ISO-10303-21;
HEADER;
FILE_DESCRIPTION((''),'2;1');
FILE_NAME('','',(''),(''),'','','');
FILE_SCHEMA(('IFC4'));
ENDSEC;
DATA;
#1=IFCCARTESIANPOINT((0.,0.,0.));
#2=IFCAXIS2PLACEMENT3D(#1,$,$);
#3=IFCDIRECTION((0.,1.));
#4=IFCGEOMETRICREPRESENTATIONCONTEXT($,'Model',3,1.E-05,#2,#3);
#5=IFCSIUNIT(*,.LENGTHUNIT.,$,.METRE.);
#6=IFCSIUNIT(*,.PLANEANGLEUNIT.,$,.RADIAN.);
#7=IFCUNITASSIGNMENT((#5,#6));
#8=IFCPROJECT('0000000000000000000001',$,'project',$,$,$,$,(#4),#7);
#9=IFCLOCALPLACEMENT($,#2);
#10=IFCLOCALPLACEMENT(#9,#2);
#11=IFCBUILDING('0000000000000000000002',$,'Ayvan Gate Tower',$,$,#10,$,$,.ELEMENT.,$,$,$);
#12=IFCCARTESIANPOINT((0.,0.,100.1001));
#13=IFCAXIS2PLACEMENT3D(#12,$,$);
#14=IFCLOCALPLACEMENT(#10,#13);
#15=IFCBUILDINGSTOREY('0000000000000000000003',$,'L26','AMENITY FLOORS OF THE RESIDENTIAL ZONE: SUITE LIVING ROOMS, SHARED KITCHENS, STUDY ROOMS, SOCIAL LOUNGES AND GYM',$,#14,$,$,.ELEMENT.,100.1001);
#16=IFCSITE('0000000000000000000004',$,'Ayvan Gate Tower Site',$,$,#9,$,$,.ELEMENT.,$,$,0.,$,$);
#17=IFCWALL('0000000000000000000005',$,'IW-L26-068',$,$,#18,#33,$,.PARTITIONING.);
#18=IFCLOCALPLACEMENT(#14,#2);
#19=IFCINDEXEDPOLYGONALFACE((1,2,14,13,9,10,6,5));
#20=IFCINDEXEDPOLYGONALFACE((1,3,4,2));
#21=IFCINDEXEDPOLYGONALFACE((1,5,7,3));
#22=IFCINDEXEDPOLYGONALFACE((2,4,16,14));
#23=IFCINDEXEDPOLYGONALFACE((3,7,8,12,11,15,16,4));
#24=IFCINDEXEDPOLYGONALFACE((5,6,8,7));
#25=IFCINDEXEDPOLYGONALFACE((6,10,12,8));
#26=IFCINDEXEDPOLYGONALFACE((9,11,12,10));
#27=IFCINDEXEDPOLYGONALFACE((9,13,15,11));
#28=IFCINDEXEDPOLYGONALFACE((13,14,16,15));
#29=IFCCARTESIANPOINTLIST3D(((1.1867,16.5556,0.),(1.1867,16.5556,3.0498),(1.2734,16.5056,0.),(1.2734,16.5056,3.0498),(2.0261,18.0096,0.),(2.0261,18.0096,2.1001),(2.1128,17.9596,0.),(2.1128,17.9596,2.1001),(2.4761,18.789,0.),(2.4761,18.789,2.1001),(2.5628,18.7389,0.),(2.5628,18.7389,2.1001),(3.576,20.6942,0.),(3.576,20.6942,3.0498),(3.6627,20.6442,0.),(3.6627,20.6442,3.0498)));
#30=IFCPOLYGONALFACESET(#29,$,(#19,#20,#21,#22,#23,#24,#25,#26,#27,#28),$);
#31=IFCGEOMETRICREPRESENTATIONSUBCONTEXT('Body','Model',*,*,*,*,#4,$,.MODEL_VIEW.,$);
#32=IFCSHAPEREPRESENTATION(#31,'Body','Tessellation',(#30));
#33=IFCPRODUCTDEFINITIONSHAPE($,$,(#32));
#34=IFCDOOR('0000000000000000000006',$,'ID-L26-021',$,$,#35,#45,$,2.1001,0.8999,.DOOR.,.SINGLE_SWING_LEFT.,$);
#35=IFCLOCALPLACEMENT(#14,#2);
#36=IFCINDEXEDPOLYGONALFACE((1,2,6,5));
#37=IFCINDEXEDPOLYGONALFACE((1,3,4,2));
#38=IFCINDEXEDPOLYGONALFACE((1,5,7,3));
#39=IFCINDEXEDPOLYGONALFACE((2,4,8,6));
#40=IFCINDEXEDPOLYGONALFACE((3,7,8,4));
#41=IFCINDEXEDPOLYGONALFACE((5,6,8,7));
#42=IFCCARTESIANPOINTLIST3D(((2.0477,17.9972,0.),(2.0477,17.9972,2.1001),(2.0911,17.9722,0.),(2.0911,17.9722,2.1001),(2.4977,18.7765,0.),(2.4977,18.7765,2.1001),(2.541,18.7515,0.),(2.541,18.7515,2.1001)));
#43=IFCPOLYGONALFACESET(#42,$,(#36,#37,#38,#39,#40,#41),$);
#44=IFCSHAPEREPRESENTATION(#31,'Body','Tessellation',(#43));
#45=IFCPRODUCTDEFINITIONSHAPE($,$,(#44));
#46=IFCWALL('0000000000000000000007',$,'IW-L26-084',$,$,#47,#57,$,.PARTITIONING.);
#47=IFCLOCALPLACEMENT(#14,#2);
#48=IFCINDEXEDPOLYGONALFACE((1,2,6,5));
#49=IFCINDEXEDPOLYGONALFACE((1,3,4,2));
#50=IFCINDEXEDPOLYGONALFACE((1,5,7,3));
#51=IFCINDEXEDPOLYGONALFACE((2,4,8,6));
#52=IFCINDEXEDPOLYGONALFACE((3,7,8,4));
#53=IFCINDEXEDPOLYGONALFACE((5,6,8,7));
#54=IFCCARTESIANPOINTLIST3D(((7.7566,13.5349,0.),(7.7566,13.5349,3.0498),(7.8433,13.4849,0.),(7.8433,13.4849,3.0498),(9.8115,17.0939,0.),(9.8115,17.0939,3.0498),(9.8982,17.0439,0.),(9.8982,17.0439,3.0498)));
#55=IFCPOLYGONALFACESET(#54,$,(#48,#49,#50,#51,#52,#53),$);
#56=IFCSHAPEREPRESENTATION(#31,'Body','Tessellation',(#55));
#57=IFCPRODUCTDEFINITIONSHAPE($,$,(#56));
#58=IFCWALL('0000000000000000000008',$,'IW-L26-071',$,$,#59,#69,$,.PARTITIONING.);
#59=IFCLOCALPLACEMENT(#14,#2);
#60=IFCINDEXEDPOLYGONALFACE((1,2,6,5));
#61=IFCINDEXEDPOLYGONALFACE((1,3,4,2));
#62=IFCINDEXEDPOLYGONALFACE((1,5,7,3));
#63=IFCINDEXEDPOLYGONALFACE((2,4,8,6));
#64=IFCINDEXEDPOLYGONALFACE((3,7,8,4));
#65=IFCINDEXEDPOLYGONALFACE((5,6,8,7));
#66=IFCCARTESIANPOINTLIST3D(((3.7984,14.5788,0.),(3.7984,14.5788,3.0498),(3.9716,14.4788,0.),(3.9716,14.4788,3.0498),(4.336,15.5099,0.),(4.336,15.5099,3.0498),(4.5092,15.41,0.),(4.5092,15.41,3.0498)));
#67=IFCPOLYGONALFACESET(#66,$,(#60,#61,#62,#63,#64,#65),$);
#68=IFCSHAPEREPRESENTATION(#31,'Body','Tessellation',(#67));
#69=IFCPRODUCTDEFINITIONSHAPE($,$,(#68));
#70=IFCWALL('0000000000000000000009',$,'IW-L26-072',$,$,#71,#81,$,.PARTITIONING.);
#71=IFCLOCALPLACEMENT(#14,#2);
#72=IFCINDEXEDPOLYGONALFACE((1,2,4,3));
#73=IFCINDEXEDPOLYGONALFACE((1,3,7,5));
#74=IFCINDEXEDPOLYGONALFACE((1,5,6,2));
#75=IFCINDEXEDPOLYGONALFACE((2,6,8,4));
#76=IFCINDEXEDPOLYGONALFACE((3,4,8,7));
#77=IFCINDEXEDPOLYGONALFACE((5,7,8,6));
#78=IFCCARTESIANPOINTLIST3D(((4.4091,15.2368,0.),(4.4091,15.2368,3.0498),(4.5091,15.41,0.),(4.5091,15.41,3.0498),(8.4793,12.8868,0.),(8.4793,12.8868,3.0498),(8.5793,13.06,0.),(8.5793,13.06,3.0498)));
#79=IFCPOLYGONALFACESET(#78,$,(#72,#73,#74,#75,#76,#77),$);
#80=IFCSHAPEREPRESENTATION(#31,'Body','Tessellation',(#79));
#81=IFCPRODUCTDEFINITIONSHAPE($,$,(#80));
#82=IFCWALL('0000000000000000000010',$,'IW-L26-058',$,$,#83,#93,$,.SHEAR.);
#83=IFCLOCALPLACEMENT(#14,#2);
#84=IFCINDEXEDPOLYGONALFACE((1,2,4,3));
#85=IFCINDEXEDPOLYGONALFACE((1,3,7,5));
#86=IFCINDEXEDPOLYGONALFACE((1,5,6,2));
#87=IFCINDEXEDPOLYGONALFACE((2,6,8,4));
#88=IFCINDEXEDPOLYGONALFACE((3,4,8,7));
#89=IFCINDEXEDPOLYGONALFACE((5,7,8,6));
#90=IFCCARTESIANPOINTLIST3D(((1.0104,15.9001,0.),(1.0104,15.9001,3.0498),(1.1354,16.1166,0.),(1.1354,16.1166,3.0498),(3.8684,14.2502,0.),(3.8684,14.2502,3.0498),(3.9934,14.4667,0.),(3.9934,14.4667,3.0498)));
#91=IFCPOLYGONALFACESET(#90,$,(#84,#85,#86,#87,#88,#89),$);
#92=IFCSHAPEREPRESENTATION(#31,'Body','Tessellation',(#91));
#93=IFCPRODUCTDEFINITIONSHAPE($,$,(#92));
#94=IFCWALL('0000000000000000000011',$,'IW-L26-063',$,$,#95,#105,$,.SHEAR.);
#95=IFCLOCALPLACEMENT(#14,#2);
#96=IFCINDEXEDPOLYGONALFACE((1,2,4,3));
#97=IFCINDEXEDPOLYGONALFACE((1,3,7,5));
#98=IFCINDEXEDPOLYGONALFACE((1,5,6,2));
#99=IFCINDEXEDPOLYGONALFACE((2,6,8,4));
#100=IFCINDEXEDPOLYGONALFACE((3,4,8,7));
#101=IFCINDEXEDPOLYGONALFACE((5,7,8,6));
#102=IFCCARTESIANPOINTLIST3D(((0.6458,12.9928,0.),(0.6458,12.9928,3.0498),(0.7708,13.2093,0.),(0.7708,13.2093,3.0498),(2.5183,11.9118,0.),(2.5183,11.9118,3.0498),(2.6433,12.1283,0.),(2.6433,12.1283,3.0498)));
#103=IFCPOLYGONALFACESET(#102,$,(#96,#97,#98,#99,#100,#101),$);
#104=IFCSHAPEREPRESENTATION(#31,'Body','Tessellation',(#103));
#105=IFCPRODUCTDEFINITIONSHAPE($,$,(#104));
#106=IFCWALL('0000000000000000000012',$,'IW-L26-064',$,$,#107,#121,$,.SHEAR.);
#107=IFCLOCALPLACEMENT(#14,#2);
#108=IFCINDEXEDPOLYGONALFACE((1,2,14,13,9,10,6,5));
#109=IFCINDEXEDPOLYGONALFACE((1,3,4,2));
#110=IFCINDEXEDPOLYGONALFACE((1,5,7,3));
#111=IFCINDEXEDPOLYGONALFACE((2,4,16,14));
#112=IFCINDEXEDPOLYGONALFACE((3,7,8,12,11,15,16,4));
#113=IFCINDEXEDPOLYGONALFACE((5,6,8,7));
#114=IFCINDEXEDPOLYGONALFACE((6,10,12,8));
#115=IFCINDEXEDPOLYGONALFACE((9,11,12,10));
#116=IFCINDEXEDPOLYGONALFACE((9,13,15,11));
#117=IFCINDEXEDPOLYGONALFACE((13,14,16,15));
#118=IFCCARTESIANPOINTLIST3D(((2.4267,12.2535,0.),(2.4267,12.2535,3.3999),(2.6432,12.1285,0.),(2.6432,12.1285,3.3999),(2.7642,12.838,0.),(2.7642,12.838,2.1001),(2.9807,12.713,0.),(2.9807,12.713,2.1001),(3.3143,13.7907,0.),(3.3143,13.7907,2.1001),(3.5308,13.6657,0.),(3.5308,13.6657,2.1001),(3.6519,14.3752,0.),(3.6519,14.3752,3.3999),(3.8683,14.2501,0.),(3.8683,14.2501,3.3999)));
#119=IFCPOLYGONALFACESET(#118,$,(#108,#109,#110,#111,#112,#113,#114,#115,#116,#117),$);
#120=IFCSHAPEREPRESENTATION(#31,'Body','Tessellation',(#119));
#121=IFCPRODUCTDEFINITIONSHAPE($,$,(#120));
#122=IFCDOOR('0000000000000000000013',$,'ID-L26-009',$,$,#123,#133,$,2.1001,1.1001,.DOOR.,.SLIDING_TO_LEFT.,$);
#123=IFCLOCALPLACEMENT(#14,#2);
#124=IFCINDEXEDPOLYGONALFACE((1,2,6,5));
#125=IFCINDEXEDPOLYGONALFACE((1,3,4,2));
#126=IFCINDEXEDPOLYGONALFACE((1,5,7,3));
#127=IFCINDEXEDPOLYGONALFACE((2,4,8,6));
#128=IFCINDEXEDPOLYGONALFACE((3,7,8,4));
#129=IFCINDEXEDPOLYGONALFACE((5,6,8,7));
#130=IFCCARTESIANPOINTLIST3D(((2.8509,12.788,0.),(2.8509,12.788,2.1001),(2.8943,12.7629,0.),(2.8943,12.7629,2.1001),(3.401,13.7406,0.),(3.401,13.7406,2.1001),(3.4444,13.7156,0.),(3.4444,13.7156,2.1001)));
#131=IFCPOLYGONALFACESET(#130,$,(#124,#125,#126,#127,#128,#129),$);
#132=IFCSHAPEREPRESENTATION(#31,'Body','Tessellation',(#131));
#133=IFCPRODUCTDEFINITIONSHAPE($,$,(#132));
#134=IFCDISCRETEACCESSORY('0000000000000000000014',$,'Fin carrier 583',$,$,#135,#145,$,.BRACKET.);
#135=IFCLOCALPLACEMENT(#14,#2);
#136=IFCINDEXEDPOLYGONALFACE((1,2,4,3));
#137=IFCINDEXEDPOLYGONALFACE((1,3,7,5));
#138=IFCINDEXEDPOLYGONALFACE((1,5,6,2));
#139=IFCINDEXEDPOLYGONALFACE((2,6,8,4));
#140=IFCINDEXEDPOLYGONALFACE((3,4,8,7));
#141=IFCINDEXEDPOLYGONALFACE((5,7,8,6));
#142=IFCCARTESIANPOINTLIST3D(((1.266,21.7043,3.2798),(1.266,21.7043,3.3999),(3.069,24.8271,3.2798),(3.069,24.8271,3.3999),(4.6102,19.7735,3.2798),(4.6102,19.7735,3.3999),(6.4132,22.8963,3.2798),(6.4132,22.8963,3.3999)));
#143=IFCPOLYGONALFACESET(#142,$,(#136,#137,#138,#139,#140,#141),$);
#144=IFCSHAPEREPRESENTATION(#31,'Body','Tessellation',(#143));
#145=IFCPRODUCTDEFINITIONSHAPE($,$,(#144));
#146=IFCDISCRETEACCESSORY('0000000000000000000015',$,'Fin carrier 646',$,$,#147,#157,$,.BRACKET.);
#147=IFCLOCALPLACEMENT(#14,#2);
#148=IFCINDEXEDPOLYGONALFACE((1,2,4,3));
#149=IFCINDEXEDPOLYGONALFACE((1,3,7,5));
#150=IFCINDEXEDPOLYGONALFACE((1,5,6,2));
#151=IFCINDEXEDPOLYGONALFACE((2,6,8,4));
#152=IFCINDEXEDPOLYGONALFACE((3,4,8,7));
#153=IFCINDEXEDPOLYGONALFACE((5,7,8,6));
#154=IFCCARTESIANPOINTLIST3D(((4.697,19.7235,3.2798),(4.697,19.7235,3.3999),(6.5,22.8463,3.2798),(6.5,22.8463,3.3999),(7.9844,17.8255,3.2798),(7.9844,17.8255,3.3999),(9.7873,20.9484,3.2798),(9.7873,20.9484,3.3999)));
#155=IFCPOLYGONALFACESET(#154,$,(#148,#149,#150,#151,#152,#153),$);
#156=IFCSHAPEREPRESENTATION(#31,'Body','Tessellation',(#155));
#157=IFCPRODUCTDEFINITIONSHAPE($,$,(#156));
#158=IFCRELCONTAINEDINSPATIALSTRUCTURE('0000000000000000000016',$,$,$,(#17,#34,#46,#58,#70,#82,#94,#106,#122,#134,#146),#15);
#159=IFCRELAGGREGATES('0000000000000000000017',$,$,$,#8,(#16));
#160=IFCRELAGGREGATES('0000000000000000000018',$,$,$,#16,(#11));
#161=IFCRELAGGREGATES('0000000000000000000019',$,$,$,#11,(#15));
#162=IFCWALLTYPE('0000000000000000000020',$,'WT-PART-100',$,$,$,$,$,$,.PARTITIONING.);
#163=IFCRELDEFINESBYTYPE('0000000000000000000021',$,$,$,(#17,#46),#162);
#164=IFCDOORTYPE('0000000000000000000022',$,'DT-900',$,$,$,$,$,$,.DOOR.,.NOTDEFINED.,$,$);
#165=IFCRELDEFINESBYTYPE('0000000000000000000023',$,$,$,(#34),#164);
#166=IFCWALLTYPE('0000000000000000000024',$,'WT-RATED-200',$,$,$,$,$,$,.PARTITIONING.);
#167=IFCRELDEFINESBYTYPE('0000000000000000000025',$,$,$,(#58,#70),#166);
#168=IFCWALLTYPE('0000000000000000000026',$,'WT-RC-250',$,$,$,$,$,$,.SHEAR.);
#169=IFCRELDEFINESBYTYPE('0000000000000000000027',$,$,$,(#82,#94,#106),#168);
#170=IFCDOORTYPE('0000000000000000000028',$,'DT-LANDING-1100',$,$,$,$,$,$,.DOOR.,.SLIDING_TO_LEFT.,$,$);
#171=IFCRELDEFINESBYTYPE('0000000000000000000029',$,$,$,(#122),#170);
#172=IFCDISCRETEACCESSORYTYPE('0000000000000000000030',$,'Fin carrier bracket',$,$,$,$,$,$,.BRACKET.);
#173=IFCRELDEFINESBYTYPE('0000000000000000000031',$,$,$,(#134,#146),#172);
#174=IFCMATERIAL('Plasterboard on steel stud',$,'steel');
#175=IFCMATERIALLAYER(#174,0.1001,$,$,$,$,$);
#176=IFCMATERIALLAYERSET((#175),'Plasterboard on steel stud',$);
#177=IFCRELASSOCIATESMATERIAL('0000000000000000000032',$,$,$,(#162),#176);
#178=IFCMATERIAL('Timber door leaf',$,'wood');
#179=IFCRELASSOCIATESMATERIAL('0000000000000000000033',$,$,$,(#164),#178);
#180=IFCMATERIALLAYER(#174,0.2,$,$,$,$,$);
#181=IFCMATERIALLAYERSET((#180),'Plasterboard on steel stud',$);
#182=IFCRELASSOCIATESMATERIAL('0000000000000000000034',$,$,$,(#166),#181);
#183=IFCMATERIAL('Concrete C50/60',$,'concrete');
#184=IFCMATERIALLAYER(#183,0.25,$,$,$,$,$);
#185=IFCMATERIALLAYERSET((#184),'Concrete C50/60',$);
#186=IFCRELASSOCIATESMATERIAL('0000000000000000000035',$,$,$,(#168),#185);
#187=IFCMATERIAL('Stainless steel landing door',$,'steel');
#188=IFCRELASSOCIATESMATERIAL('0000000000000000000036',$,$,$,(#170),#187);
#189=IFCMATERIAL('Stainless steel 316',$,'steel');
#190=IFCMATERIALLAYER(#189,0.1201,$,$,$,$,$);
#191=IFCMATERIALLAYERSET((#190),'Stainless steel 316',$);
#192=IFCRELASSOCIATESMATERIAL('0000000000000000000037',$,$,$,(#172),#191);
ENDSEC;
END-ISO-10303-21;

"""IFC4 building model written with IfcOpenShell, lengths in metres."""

from ifc_helpers import new_model, si_unit, direction, frame, frame_2d, origin, origin_2d, place, context, subcontext, project, spatial, rectangle, extrude, material, layer, layer_set, type_object, element, fill, save


model = new_model("IFC4")

# Units and contexts
model_context = context("Model", 3, precision=1e-05, world=origin(), true_north=direction((0.0, 1.0)))
body_context = subcontext(model_context, "Body", "Model", "MODEL_VIEW")
ifc_project = project(units=[si_unit("LENGTHUNIT", "METRE"), si_unit("PLANEANGLEUNIT", "RADIAN")], contexts=[model_context])

# Site, building, storey
site_placement = place(None, origin())
site = spatial("IfcSite", under=ifc_project, at=site_placement, Name="Ayvan Gate Tower Site", CompositionType="ELEMENT", RefElevation=0.0)
building_placement = place(site_placement, origin())
building = spatial("IfcBuilding", under=site, at=building_placement, Name="Ayvan Gate Tower", CompositionType="ELEMENT")
storey_placement = place(building_placement, frame((0.0, 0.0, 100.1001)))
storey = spatial("IfcBuildingStorey", under=building, at=storey_placement, Name="L26", Description="AMENITY FLOORS OF THE RESIDENTIAL ZONE: SUITE LIVING ROOMS, SHARED KITCHENS, STUDY ROOMS, SOCIAL LOUNGES AND GYM", CompositionType="ELEMENT", Elevation=100.1001)

# Shared definitions
ifc_material_1 = material(Name="Plasterboard on steel stud", Category="steel")

# Wall, opening, door
ifc_layer_1 = layer(ifc_material_1, 0.1001)
ifc_layer_set_1 = layer_set([ifc_layer_1], Name="Plasterboard on steel stud")
wall_type_1 = type_object("IfcWallType", Name="WT-PART-100", PredefinedType="PARTITIONING", material=ifc_layer_set_1)
wall_1_placement = place(storey_placement, frame((3.6194, 20.6692, 0.0), z_axis=(0.0, 0.0, 1.0), x_axis=(-0.499991, -0.866031, 0.0)))
wall_1 = element("IfcWall", 1, at=wall_1_placement, inside=storey, type_object=wall_type_1, Name="IW-L26-068", PredefinedType="PARTITIONING", context=body_context, shape_type="SweptSolid", body=[
    extrude(rectangle(XDim=4.7788, YDim=0.1001, at=frame_2d((2.3894, 0.0))), origin(), (0.0, 0.0, 1.0), 3.0498),
])
opening_1_placement = place(wall_1_placement, frame((2.2, 0.0, 0.0)))
opening_1 = element("IfcOpeningElement", 2, at=opening_1_placement, cuts=wall_1, PredefinedType="OPENING", context=body_context, shape_type="SweptSolid", body=[
    extrude(rectangle(XDim=0.8999, YDim=2.1001, at=frame_2d((0.45, 1.05))), frame((0.0, 0.0601, 0.0), z_axis=(0.0, -1.0, 0.0), x_axis=(1.0, 0.0, 0.0)), (0.0, 0.0, 1.0), 0.1201),
])
ifc_material_2 = material(Name="Timber door leaf", Category="wood")
door_type_1 = type_object("IfcDoorType", Name="DT-900", OperationType="NOTDEFINED", PredefinedType="DOOR", material=ifc_material_2)
door_1_placement = place(opening_1_placement, origin())
door_1 = element("IfcDoor", 3, at=door_1_placement, inside=storey, type_object=door_type_1, Name="ID-L26-021", OperationType="SINGLE_SWING_LEFT", OverallHeight=2.1001, OverallWidth=0.8999, PredefinedType="DOOR", context=body_context, shape_type="SweptSolid", body=[
    extrude(rectangle(XDim=0.8999, YDim=2.1001, at=frame_2d((0.45, 1.05))), frame((0.0, 0.0249, 0.0), z_axis=(0.0, -1.0, 0.0), x_axis=(1.0, 0.0, 0.0)), (0.0, 0.0, 1.0), 0.05),
])
fill(opening_1, door_1)

# Walls
wall_2_placement = place(storey_placement, frame((7.8, 13.51, 0.0), z_axis=(0.0, 0.0, 1.0), x_axis=(0.500017, 0.866015, 0.0)))
element("IfcWall", 4, at=wall_2_placement, inside=storey, type_object=wall_type_1, Name="IW-L26-084", PredefinedType="PARTITIONING", context=body_context, shape_type="SweptSolid", body=[
    extrude(rectangle(XDim=4.1096, YDim=0.1001, at=frame_2d((2.0547, 0.0))), origin(), (0.0, 0.0, 1.0), 3.0498),
])
ifc_layer_2 = layer(ifc_material_1, 0.2)
ifc_layer_set_2 = layer_set([ifc_layer_2], Name="Plasterboard on steel stud")
wall_type_2 = type_object("IfcWallType", Name="WT-RATED-200", PredefinedType="PARTITIONING", material=ifc_layer_set_2)
wall_3_placement = place(storey_placement, frame((3.885, 14.5288, 0.0), z_axis=(0.0, 0.0, 1.0), x_axis=(0.499998, 0.866027, 0.0)))
element("IfcWall", 5, at=wall_3_placement, inside=storey, type_object=wall_type_2, Name="IW-L26-071", PredefinedType="PARTITIONING", context=body_context, shape_type="SweptSolid", body=[
    extrude(rectangle(XDim=1.0752, YDim=0.2, at=frame_2d((0.5376, 0.0))), origin(), (0.0, 0.0, 1.0), 3.0498),
])
wall_4_placement = place(storey_placement, frame((4.459, 15.3235, 0.0), z_axis=(0.0, 0.0, 1.0), x_axis=(0.866016, -0.500016, 0.0)))
element("IfcWall", 6, at=wall_4_placement, inside=storey, type_object=wall_type_2, Name="IW-L26-072", PredefinedType="PARTITIONING", context=body_context, shape_type="SweptSolid", body=[
    extrude(rectangle(XDim=4.7, YDim=0.2, at=frame_2d((2.3501, 0.0))), origin(), (0.0, 0.0, 1.0), 3.0498),
])
ifc_material_3 = material(Name="Concrete C50/60", Category="concrete")
ifc_layer_3 = layer(ifc_material_3, 0.25)
ifc_layer_set_3 = layer_set([ifc_layer_3], Name="Concrete C50/60")
wall_type_3 = type_object("IfcWallType", Name="WT-RC-250", PredefinedType="SHEAR", material=ifc_layer_set_3)
wall_5_placement = place(storey_placement, frame((1.073, 16.0083, 0.0), z_axis=(0.0, 0.0, 1.0), x_axis=(0.86604, -0.499974, 0.0)))
element("IfcWall", 7, at=wall_5_placement, inside=storey, type_object=wall_type_3, Name="IW-L26-058", PredefinedType="SHEAR", context=body_context, shape_type="SweptSolid", body=[
    extrude(rectangle(XDim=3.3, YDim=0.25, at=frame_2d((1.6499, 0.0))), origin(), (0.0, 0.0, 1.0), 3.0498),
])
wall_6_placement = place(storey_placement, frame((2.5808, 12.02, 0.0), z_axis=(0.0, 0.0, 1.0), x_axis=(-0.866039, 0.499977, 0.0)))
element("IfcWall", 8, at=wall_6_placement, inside=storey, type_object=wall_type_3, Name="IW-L26-063", PredefinedType="SHEAR", context=body_context, shape_type="SweptSolid", body=[
    extrude(rectangle(XDim=2.1621, YDim=0.25, at=frame_2d((1.0811, 0.0))), origin(), (0.0, 0.0, 1.0), 3.0498),
])

# Wall, opening, door
wall_7_placement = place(storey_placement, frame((2.5349, 12.1909, 0.0), z_axis=(0.0, 0.0, 1.0), x_axis=(0.500062, 0.86599, 0.0)))
wall_7 = element("IfcWall", 9, at=wall_7_placement, inside=storey, type_object=wall_type_3, Name="IW-L26-064", PredefinedType="SHEAR", context=body_context, shape_type="SweptSolid", body=[
    extrude(rectangle(XDim=2.45, YDim=0.25, at=frame_2d((1.2251, 0.0))), origin(), (0.0, 0.0, 1.0), 3.3999),
])
opening_2_placement = place(wall_7_placement, frame((0.675, 0.0, 0.0)))
opening_2 = element("IfcOpeningElement", 10, at=opening_2_placement, cuts=wall_7, PredefinedType="OPENING", context=body_context, shape_type="SweptSolid", body=[
    extrude(rectangle(XDim=1.1001, YDim=2.1001, at=frame_2d((0.55, 1.05))), frame((0.0, 0.135, 0.0), z_axis=(0.0, -1.0, 0.0), x_axis=(1.0, 0.0, 0.0)), (0.0, 0.0, 1.0), 0.27),
])
ifc_material_4 = material(Name="Stainless steel landing door", Category="steel")
door_type_2 = type_object("IfcDoorType", Name="DT-LANDING-1100", OperationType="SLIDING_TO_LEFT", PredefinedType="DOOR", material=ifc_material_4)
door_2_placement = place(opening_2_placement, origin())
door_2 = element("IfcDoor", 11, at=door_2_placement, inside=storey, type_object=door_type_2, Name="ID-L26-009", OperationType="SLIDING_TO_LEFT", OverallHeight=2.1001, OverallWidth=1.1001, PredefinedType="DOOR", context=body_context, shape_type="SweptSolid", body=[
    extrude(rectangle(XDim=1.1001, YDim=2.1001, at=frame_2d((0.55, 1.05))), frame((0.0, 0.0249, 0.0), z_axis=(0.0, -1.0, 0.0), x_axis=(1.0, 0.0, 0.0)), (0.0, 0.0, 1.0), 0.05),
])
fill(opening_2, door_2)

# Discrete accessories
ifc_material_5 = material(Name="Stainless steel 316", Category="steel")
ifc_layer_4 = layer(ifc_material_5, 0.1201)
ifc_layer_set_4 = layer_set([ifc_layer_4], Name="Stainless steel 316")
discrete_accessory_type = type_object("IfcDiscreteAccessoryType", Name="Fin carrier bracket", PredefinedType="BRACKET", material=ifc_layer_set_4)
discrete_accessory_1_placement = place(storey_placement, frame((3.8396, 22.3003, 3.2798), z_axis=(0.0, 0.0, 1.0), x_axis=(-0.866025, 0.5, 0.0)))
element("IfcDiscreteAccessory", 12, at=discrete_accessory_1_placement, inside=storey, type_object=discrete_accessory_type, Name="Fin carrier 583", PredefinedType="BRACKET", context=body_context, shape_type="SweptSolid", body=[
    extrude(rectangle(XDim=3.8616, YDim=3.606, at=origin_2d()), origin(), (0.0, 0.0, 1.0), 0.1201),
])
discrete_accessory_2_placement = place(storey_placement, frame((7.2422, 20.3359, 3.2798), z_axis=(0.0, 0.0, 1.0), x_axis=(-0.866025, 0.5, 0.0)))
element("IfcDiscreteAccessory", 13, at=discrete_accessory_2_placement, inside=storey, type_object=discrete_accessory_type, Name="Fin carrier 646", PredefinedType="BRACKET", context=body_context, shape_type="SweptSolid", body=[
    extrude(rectangle(XDim=3.7959, YDim=3.606, at=origin_2d()), origin(), (0.0, 0.0, 1.0), 0.1201),
])

save(model, "model.ifc")
